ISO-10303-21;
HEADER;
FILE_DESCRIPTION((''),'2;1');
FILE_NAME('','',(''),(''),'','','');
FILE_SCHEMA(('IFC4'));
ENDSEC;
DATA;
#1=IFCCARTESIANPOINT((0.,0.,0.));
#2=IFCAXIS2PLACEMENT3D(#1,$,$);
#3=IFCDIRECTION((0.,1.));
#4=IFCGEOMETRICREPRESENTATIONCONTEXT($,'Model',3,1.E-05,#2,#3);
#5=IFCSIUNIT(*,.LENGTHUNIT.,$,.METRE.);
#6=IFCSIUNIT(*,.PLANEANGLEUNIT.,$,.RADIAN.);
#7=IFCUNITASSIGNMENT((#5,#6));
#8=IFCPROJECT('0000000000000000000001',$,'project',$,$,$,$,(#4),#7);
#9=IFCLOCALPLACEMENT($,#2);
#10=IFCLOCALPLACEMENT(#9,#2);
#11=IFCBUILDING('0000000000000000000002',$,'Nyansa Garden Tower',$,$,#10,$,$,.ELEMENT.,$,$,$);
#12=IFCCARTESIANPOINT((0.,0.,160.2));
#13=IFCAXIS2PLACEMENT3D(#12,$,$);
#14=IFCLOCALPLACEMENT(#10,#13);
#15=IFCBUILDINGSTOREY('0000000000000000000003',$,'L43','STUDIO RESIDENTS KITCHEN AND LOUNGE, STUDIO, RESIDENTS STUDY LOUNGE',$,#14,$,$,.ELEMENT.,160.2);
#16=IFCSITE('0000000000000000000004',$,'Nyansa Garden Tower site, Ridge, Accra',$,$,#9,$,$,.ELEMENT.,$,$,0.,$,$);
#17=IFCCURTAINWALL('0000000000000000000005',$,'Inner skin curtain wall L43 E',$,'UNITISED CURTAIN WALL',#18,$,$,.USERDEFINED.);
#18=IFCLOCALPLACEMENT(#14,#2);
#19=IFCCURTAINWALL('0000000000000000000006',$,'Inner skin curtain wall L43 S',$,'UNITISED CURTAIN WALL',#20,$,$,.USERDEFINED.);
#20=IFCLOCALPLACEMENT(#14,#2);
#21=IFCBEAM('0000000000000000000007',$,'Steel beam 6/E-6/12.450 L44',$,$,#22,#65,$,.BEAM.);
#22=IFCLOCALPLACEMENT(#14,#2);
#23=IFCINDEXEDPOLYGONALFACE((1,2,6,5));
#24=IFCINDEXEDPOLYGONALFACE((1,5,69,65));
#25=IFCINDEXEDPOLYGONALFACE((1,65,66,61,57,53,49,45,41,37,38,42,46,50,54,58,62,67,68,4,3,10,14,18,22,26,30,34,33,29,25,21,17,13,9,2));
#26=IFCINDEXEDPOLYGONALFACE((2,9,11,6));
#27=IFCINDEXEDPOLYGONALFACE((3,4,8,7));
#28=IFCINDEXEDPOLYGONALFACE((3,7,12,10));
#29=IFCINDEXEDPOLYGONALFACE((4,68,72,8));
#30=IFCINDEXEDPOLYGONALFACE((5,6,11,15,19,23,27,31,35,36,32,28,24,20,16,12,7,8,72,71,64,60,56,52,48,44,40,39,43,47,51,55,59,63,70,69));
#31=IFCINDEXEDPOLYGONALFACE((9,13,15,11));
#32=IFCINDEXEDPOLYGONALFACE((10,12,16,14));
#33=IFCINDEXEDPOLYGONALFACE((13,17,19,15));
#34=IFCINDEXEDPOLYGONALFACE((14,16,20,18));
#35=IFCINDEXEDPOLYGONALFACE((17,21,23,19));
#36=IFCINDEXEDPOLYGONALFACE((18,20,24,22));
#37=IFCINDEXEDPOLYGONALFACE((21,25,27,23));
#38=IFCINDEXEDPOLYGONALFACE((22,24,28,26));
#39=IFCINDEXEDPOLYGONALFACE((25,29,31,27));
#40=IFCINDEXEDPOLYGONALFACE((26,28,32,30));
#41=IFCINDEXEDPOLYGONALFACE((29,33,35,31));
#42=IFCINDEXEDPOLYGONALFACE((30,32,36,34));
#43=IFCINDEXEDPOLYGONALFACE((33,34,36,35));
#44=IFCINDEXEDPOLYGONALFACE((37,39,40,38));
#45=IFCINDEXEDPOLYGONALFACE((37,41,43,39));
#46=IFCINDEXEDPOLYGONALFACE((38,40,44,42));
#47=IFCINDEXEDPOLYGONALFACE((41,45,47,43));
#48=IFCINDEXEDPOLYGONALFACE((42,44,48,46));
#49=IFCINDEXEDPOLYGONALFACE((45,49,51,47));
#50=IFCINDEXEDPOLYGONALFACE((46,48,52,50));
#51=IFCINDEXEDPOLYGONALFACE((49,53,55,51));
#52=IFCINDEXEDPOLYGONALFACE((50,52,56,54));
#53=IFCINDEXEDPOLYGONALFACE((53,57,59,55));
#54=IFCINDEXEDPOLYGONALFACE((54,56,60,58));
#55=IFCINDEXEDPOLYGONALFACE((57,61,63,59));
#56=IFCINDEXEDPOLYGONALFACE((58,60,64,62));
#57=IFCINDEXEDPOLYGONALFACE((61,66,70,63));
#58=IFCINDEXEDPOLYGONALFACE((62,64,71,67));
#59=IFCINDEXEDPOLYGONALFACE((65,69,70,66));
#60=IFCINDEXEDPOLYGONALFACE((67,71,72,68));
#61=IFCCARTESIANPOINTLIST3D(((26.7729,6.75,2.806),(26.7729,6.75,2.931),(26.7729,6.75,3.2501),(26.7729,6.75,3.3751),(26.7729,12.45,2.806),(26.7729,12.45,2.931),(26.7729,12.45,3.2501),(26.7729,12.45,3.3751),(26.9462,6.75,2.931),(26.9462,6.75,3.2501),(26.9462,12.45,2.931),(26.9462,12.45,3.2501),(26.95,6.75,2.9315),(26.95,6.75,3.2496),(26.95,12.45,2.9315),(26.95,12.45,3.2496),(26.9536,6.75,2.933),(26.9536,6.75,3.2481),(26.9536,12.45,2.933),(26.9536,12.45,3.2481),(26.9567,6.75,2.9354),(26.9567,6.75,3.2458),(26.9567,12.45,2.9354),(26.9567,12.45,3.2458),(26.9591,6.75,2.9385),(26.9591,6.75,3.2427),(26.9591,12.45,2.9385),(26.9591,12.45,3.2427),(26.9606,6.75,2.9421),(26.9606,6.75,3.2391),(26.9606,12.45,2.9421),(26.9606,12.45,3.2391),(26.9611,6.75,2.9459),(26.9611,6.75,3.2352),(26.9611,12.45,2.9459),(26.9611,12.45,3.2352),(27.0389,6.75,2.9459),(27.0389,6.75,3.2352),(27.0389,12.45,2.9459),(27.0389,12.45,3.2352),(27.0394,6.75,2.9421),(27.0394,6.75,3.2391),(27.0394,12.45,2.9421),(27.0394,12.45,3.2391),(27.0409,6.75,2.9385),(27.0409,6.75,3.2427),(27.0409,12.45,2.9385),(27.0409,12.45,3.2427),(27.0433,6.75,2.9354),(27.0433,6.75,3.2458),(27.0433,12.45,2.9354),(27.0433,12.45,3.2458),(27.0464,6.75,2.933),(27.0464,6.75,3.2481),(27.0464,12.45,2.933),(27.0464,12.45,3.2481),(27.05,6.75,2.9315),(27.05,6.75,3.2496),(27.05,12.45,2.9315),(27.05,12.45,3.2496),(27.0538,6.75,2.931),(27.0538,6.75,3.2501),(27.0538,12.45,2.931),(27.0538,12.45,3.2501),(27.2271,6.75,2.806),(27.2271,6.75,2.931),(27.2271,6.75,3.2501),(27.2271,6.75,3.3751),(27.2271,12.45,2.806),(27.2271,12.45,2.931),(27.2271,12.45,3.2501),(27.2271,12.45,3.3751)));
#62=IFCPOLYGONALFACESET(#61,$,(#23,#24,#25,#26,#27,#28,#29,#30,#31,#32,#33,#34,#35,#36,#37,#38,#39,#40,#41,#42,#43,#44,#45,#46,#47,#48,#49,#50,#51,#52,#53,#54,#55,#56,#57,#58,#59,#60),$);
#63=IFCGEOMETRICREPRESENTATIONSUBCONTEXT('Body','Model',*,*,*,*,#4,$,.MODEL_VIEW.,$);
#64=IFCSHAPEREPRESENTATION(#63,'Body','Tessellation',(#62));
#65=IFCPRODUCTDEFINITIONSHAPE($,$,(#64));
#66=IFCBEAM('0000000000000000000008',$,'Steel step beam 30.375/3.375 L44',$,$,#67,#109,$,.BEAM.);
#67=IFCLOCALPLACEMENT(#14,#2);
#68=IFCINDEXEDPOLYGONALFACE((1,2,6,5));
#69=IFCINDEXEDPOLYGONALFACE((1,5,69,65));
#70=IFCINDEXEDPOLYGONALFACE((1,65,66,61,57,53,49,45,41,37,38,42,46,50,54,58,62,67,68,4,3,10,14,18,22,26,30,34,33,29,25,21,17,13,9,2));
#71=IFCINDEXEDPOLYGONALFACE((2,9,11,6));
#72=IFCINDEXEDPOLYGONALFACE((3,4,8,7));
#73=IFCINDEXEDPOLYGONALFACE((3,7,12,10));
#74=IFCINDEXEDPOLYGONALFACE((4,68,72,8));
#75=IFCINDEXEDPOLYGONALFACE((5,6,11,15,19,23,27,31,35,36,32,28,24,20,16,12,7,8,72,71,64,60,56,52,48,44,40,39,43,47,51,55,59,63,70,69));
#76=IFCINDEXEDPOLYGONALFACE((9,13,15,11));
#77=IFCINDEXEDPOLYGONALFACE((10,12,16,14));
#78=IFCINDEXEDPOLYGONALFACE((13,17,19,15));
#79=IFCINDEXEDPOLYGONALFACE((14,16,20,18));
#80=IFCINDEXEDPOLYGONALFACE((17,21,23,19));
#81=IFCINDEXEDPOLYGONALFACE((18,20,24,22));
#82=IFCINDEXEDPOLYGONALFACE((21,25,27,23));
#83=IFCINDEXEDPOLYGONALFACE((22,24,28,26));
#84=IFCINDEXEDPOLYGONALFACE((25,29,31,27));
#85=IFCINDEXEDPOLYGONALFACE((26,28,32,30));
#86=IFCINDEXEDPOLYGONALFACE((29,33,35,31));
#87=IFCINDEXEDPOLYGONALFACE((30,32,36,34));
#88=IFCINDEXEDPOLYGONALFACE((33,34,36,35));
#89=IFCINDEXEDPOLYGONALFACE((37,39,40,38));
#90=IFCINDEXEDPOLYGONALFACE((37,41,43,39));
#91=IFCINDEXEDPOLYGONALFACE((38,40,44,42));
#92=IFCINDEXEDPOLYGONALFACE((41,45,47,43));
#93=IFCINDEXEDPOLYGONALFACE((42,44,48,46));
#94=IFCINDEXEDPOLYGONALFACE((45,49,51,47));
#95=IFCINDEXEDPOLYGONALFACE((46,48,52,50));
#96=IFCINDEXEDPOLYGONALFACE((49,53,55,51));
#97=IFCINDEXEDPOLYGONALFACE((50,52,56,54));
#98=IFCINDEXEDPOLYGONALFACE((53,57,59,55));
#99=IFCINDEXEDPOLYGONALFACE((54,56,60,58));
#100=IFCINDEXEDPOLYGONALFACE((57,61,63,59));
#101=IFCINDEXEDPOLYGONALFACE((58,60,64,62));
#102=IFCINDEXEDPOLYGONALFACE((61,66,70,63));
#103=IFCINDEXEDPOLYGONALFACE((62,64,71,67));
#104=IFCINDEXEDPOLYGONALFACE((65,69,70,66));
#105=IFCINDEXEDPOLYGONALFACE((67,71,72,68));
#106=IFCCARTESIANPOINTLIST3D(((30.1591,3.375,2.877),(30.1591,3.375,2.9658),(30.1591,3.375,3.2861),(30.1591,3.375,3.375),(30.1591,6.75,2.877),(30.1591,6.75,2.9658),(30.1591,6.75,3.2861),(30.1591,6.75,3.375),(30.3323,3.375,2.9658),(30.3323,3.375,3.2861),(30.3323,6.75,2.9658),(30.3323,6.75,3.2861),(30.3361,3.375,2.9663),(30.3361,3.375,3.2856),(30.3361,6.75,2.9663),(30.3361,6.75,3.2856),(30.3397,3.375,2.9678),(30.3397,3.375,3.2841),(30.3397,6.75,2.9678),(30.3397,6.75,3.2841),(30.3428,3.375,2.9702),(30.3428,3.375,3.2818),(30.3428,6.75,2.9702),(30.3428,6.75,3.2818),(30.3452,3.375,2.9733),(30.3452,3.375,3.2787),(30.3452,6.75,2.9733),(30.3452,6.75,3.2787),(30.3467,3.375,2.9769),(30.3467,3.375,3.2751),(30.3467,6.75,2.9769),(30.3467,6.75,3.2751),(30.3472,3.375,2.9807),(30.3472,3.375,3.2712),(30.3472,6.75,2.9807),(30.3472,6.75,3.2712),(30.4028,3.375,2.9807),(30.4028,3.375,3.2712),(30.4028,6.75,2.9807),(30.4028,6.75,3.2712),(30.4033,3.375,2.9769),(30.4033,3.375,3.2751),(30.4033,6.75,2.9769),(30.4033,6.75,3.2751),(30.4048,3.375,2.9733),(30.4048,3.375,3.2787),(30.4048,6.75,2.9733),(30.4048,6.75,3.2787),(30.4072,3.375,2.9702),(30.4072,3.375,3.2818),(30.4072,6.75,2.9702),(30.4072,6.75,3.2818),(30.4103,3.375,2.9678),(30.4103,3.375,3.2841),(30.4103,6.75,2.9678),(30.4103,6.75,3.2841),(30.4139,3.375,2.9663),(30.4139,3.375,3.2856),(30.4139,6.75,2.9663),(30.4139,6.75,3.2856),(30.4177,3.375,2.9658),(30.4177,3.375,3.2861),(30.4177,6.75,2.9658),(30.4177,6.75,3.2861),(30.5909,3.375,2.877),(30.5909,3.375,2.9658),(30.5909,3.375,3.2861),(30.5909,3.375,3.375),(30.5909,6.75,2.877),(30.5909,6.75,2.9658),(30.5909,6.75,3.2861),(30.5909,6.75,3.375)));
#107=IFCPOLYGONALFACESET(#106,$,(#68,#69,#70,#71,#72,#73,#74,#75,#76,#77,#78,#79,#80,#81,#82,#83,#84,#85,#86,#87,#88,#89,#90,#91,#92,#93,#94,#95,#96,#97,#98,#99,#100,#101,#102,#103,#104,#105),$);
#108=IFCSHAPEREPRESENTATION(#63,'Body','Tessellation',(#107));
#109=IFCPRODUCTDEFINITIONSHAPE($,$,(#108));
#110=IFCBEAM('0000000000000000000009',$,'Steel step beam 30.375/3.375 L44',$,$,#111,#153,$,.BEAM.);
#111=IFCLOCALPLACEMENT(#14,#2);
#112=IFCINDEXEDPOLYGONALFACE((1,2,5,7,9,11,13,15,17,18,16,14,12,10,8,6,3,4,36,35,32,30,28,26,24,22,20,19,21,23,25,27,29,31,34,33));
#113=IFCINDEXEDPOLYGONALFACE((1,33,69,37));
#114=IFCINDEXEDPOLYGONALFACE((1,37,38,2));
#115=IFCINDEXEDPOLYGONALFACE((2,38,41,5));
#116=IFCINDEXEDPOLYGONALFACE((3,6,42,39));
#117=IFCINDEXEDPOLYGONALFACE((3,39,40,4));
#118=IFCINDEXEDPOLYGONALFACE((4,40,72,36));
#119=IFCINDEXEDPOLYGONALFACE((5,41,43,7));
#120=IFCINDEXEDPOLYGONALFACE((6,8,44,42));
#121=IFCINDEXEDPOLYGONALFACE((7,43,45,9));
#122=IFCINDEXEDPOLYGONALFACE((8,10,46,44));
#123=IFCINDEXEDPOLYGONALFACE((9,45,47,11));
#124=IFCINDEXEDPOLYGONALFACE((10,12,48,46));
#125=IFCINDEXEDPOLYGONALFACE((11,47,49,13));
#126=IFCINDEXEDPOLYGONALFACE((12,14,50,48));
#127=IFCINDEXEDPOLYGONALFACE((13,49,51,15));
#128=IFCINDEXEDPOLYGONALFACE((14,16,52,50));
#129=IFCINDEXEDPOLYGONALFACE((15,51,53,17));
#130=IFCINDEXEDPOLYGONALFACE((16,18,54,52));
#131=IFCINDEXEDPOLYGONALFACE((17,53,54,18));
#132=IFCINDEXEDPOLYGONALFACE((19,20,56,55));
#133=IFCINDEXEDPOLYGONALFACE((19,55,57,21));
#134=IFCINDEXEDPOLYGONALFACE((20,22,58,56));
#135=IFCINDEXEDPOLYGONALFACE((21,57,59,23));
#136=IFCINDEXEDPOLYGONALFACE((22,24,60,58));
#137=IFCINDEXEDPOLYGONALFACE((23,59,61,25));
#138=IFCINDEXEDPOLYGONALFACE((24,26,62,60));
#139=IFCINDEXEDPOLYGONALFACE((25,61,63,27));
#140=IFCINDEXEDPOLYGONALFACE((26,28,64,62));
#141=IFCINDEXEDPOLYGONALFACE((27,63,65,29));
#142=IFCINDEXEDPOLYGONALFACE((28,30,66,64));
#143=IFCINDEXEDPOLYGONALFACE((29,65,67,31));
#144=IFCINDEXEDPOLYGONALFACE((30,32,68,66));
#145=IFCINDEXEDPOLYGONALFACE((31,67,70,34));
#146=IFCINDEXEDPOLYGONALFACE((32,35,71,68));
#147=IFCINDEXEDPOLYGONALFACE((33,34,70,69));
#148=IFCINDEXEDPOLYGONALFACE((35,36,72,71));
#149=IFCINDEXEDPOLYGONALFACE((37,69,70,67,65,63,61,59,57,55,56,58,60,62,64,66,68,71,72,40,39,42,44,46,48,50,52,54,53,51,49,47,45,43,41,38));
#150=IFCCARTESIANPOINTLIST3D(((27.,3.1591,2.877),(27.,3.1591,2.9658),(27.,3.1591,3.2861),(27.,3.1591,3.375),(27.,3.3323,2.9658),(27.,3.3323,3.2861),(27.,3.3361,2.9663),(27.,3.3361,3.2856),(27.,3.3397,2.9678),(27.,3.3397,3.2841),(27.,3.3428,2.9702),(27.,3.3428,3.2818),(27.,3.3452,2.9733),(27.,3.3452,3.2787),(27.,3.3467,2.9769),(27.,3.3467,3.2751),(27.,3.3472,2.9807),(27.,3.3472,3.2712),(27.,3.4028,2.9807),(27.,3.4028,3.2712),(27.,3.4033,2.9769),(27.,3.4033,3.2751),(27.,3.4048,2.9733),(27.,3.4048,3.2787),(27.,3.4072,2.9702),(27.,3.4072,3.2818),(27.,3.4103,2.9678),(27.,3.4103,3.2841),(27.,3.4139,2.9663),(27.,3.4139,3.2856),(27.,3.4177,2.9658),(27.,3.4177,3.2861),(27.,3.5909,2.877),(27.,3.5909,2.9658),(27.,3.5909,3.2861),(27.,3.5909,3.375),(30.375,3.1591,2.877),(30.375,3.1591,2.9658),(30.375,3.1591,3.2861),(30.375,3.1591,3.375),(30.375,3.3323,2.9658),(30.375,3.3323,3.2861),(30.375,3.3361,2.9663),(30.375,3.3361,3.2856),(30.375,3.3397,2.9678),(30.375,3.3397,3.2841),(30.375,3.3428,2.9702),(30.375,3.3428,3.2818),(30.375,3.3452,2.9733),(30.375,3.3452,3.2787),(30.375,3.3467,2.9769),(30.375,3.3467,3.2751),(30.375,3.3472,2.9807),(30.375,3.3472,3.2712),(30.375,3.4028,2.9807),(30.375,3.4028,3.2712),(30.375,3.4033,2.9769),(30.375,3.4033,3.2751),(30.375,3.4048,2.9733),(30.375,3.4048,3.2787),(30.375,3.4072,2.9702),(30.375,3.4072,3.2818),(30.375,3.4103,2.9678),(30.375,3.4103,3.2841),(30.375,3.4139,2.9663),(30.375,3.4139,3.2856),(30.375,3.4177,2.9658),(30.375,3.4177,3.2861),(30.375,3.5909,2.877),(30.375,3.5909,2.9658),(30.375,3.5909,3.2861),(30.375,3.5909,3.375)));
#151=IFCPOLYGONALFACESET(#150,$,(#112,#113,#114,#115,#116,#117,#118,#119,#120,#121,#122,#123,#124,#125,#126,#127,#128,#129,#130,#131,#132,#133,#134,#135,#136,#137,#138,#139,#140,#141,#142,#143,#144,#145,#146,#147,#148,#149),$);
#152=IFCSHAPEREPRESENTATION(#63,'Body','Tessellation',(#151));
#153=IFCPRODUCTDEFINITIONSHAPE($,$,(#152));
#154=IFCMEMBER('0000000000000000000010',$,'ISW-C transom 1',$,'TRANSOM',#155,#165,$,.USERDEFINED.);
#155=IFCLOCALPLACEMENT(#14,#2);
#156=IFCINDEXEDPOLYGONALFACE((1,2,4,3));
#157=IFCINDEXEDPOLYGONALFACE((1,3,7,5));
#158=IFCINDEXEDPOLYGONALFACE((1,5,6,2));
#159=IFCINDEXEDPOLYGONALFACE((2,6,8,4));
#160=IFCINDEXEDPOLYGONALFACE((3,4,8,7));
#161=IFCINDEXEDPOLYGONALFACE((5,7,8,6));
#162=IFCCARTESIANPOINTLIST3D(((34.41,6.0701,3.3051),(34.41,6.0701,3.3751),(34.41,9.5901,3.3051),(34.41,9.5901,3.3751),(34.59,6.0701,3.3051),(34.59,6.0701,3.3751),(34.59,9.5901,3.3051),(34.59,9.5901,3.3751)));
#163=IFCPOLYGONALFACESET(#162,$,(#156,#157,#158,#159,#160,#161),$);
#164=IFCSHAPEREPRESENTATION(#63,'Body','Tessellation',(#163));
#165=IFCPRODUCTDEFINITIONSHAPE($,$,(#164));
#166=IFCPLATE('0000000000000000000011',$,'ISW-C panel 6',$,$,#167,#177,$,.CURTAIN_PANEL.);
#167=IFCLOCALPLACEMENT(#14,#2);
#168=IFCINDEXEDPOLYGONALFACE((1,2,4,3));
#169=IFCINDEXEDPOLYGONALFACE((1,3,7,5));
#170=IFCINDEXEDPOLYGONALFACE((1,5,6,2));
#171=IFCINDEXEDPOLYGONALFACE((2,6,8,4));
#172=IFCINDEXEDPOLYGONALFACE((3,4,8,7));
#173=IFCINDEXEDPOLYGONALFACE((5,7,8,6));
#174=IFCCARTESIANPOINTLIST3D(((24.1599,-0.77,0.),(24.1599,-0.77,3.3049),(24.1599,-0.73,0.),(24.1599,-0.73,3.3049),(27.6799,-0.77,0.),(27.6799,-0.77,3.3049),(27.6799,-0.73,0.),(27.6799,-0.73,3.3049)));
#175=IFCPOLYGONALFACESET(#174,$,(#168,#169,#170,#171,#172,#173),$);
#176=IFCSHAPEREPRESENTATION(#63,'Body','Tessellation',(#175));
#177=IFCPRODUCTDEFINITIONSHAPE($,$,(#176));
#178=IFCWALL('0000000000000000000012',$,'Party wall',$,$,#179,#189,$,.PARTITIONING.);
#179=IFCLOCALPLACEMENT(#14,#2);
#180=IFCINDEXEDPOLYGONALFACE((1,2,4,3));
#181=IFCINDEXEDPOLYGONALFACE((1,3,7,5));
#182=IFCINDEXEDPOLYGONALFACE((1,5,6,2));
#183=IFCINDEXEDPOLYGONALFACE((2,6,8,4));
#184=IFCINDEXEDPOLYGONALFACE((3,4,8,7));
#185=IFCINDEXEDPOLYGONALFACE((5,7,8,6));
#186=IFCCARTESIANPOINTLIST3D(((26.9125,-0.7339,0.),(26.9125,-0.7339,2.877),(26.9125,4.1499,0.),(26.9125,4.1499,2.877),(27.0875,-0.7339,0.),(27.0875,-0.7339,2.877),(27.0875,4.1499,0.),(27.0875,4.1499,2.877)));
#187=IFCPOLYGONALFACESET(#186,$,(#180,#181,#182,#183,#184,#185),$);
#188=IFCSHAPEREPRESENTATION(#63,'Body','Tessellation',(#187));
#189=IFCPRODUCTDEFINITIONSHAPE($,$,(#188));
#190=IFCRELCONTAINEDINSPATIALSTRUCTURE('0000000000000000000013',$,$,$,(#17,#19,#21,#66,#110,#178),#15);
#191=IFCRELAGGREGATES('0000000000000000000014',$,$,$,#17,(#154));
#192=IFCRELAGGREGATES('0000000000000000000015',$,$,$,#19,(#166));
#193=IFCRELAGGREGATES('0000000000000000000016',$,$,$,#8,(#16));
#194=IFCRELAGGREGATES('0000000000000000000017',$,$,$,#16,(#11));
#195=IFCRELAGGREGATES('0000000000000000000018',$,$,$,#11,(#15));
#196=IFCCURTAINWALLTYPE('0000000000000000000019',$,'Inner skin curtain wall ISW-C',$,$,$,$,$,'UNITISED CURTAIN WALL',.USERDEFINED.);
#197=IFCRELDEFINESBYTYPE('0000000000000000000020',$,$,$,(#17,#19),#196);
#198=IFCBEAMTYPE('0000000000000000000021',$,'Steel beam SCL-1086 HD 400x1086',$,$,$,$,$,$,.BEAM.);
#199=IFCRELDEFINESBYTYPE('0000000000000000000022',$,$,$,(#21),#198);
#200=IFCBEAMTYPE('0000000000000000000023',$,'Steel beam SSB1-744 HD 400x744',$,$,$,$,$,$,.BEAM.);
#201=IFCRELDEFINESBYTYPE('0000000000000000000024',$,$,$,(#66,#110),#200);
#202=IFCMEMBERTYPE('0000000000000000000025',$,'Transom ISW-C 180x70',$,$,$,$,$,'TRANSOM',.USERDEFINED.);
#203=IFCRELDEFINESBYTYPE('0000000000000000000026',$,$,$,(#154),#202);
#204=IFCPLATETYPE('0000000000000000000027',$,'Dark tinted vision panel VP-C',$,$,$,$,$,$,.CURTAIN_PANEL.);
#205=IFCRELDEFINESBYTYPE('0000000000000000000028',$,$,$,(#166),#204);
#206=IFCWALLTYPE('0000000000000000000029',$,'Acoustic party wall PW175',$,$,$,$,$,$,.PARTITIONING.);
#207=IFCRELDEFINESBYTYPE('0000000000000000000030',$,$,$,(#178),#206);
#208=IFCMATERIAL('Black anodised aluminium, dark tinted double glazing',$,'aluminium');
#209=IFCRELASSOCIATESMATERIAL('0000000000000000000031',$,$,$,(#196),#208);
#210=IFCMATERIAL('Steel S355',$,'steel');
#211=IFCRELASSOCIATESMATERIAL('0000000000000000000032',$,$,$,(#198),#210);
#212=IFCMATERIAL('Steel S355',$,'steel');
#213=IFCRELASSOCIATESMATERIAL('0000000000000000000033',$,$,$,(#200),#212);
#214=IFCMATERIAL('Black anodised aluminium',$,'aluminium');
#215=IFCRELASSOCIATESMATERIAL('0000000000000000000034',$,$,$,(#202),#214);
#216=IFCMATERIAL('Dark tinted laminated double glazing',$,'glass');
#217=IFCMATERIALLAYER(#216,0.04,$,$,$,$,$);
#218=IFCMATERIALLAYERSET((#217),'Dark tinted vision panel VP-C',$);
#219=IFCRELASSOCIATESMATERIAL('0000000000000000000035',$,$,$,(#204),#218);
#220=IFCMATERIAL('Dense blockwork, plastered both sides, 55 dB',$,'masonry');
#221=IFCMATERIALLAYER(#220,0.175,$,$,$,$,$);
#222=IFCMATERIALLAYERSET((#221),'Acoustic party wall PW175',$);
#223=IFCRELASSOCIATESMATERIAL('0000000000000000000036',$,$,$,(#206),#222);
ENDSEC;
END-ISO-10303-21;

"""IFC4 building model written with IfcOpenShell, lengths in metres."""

from ifc_helpers import new_model, si_unit, direction, frame, frame_2d, origin, origin_2d, place, context, subcontext, project, spatial, rectangle, i_section, extrude, material, layer, layer_set, material_profile, profile_set, type_object, element, aggregate, save


model = new_model("IFC4")

# Units and contexts
model_context = context("Model", 3, precision=1e-05, world=origin(), true_north=direction((0.0, 1.0)))
body_context = subcontext(model_context, "Body", "Model", "MODEL_VIEW")
ifc_project = project(units=[si_unit("LENGTHUNIT", "METRE"), si_unit("PLANEANGLEUNIT", "RADIAN")], contexts=[model_context])

# Site, building, storey
site_placement = place(None, origin())
site = spatial("IfcSite", under=ifc_project, at=site_placement, Name="Nyansa Garden Tower site, Ridge, Accra", CompositionType="ELEMENT", RefElevation=0.0)
building_placement = place(site_placement, origin())
building = spatial("IfcBuilding", under=site, at=building_placement, Name="Nyansa Garden Tower", CompositionType="ELEMENT")
storey_placement = place(building_placement, frame((0.0, 0.0, 160.2)))
storey = spatial("IfcBuildingStorey", under=building, at=storey_placement, Name="L43", Description="STUDIO RESIDENTS KITCHEN AND LOUNGE, STUDIO, RESIDENTS STUDY LOUNGE", CompositionType="ELEMENT", Elevation=160.2)

# Curtain walls
ifc_material_1 = material(Name="Black anodised aluminium, dark tinted double glazing", Category="aluminium")
curtain_wall_type = type_object("IfcCurtainWallType", Name="Inner skin curtain wall ISW-C", ElementType="UNITISED CURTAIN WALL", PredefinedType="USERDEFINED", material=ifc_material_1)
curtain_wall_1_placement = place(storey_placement, origin())
curtain_wall_1 = element("IfcCurtainWall", 1, at=curtain_wall_1_placement, inside=storey, type_object=curtain_wall_type, Name="Inner skin curtain wall L43 E", ObjectType="UNITISED CURTAIN WALL", PredefinedType="USERDEFINED")
curtain_wall_2_placement = place(storey_placement, origin())
curtain_wall_2 = element("IfcCurtainWall", 2, at=curtain_wall_2_placement, inside=storey, type_object=curtain_wall_type, Name="Inner skin curtain wall L43 S", ObjectType="UNITISED CURTAIN WALL", PredefinedType="USERDEFINED")

# Beams
ifc_material_2 = material(Name="Steel S355", Category="steel")
ifc_material_profile_1 = material_profile(ifc_material_2, i_section(OverallWidth=0.4541, OverallDepth=0.5691, WebThickness=0.0779, FlangeThickness=0.125, FilletRadius=0.0149, at=origin_2d()), Name="HD 400x1086")
ifc_profile_set_1 = profile_set([ifc_material_profile_1], Name="Steel S355")
beam_type_1 = type_object("IfcBeamType", Name="Steel beam SCL-1086 HD 400x1086", PredefinedType="BEAM", material=ifc_profile_set_1)
beam_placement = place(storey_placement, frame((27.0, 6.75, 3.0906), z_axis=(0.0, 1.0, 0.0), x_axis=(-1.0, 0.0, 0.0)))
element("IfcBeam", 3, at=beam_placement, inside=storey, type_object=beam_type_1, Name="Steel beam 6/E-6/12.450 L44", PredefinedType="BEAM", context=body_context, shape_type="SweptSolid", body=[
    extrude(i_section(OverallWidth=0.4541, OverallDepth=0.5691, WebThickness=0.0779, FlangeThickness=0.125, FilletRadius=0.0149, at=origin_2d()), origin(), (0.0, 0.0, 1.0), 5.7),
])
ifc_material_3 = material(Name="Steel S355", Category="steel")
ifc_material_profile_2 = material_profile(ifc_material_3, i_section(OverallWidth=0.4319, OverallDepth=0.498, WebThickness=0.0557, FlangeThickness=0.0889, FilletRadius=0.0149, at=origin_2d()), Name="HD 400x744")
ifc_profile_set_2 = profile_set([ifc_material_profile_2], Name="Steel S355")
beam_type_2 = type_object("IfcBeamType", Name="Steel beam SSB1-744 HD 400x744", PredefinedType="BEAM", material=ifc_profile_set_2)
for number, where, z_axis, x_axis, name in (
    (4, (30.375, 3.375, 3.126), (0.0, 1.0, 0.0), (-1.0, 0.0, 0.0), "Steel step beam 30.375/3.375 L44"),
    (5, (30.375, 3.375, 3.126), (-1.0, 0.0, 0.0), (0.0, -1.0, 0.0), "Steel step beam 30.375/3.375 L44"),
):
    element("IfcBeam", number, at=place(storey_placement, frame(where, z_axis=z_axis, x_axis=x_axis)), inside=storey, type_object=beam_type_2, Name=name, PredefinedType="BEAM", context=body_context, shape_type="SweptSolid", body=[
        extrude(i_section(OverallWidth=0.4319, OverallDepth=0.498, WebThickness=0.0557, FlangeThickness=0.0889, FilletRadius=0.0149, at=origin_2d()), origin(), (0.0, 0.0, 1.0), 3.375),
    ])

# Member
ifc_material_4 = material(Name="Black anodised aluminium", Category="aluminium")
ifc_material_profile_3 = material_profile(ifc_material_4, rectangle(XDim=0.1799, YDim=0.0701, at=origin_2d()), Name="Transom 180x70")
ifc_profile_set_3 = profile_set([ifc_material_profile_3], Name="Black anodised aluminium")
member_type_1 = type_object("IfcMemberType", Name="Transom ISW-C 180x70", ElementType="TRANSOM", PredefinedType="USERDEFINED", material=ifc_profile_set_3)
member_1_placement = place(storey_placement, frame((34.5, 6.0701, 3.3401), z_axis=(0.0, 1.0, 0.0), x_axis=(-1.0, 0.0, 0.0)))
member_1 = element("IfcMember", 6, at=member_1_placement, type_object=member_type_1, Name="ISW-C transom 1", ObjectType="TRANSOM", PredefinedType="USERDEFINED", context=body_context, shape_type="SweptSolid", body=[
    extrude(rectangle(XDim=0.1799, YDim=0.0701, at=origin_2d()), origin(), (0.0, 0.0, 1.0), 3.52),
])
aggregate(curtain_wall_1, [member_1])

# Plate
ifc_material_5 = material(Name="Dark tinted laminated double glazing", Category="glass")
ifc_layer_1 = layer(ifc_material_5, 0.04)
ifc_layer_set_1 = layer_set([ifc_layer_1], Name="Dark tinted vision panel VP-C")
plate_type = type_object("IfcPlateType", Name="Dark tinted vision panel VP-C", PredefinedType="CURTAIN_PANEL", material=ifc_layer_set_1)
plate_placement = place(storey_placement, frame((25.9199, -0.75, 0.0), z_axis=(0.0, 0.0, 1.0), x_axis=(1.0, 0.0, 0.0)))
plate = element("IfcPlate", 7, at=plate_placement, type_object=plate_type, Name="ISW-C panel 6", PredefinedType="CURTAIN_PANEL", context=body_context, shape_type="SweptSolid", body=[
    extrude(rectangle(XDim=3.52, YDim=0.04, at=origin_2d()), origin(), (0.0, 0.0, 1.0), 3.3049),
])
aggregate(curtain_wall_2, [plate])

# Wall
ifc_material_6 = material(Name="Dense blockwork, plastered both sides, 55 dB", Category="masonry")
ifc_layer_2 = layer(ifc_material_6, 0.175)
ifc_layer_set_2 = layer_set([ifc_layer_2], Name="Acoustic party wall PW175")
wall_type_1 = type_object("IfcWallType", Name="Acoustic party wall PW175", PredefinedType="PARTITIONING", material=ifc_layer_set_2)
wall_1_placement = place(storey_placement, frame((27.0, -0.7339, 0.0), z_axis=(0.0, 0.0, 1.0), x_axis=(0.0, 1.0, 0.0)))
element("IfcWall", 8, at=wall_1_placement, inside=storey, type_object=wall_type_1, Name="Party wall", PredefinedType="PARTITIONING", context=body_context, shape_type="SweptSolid", body=[
    extrude(rectangle(XDim=4.8838, YDim=0.175, at=frame_2d((2.4419, 0.0))), origin(), (0.0, 0.0, 1.0), 2.877),
])

save(model, "model.ifc")
